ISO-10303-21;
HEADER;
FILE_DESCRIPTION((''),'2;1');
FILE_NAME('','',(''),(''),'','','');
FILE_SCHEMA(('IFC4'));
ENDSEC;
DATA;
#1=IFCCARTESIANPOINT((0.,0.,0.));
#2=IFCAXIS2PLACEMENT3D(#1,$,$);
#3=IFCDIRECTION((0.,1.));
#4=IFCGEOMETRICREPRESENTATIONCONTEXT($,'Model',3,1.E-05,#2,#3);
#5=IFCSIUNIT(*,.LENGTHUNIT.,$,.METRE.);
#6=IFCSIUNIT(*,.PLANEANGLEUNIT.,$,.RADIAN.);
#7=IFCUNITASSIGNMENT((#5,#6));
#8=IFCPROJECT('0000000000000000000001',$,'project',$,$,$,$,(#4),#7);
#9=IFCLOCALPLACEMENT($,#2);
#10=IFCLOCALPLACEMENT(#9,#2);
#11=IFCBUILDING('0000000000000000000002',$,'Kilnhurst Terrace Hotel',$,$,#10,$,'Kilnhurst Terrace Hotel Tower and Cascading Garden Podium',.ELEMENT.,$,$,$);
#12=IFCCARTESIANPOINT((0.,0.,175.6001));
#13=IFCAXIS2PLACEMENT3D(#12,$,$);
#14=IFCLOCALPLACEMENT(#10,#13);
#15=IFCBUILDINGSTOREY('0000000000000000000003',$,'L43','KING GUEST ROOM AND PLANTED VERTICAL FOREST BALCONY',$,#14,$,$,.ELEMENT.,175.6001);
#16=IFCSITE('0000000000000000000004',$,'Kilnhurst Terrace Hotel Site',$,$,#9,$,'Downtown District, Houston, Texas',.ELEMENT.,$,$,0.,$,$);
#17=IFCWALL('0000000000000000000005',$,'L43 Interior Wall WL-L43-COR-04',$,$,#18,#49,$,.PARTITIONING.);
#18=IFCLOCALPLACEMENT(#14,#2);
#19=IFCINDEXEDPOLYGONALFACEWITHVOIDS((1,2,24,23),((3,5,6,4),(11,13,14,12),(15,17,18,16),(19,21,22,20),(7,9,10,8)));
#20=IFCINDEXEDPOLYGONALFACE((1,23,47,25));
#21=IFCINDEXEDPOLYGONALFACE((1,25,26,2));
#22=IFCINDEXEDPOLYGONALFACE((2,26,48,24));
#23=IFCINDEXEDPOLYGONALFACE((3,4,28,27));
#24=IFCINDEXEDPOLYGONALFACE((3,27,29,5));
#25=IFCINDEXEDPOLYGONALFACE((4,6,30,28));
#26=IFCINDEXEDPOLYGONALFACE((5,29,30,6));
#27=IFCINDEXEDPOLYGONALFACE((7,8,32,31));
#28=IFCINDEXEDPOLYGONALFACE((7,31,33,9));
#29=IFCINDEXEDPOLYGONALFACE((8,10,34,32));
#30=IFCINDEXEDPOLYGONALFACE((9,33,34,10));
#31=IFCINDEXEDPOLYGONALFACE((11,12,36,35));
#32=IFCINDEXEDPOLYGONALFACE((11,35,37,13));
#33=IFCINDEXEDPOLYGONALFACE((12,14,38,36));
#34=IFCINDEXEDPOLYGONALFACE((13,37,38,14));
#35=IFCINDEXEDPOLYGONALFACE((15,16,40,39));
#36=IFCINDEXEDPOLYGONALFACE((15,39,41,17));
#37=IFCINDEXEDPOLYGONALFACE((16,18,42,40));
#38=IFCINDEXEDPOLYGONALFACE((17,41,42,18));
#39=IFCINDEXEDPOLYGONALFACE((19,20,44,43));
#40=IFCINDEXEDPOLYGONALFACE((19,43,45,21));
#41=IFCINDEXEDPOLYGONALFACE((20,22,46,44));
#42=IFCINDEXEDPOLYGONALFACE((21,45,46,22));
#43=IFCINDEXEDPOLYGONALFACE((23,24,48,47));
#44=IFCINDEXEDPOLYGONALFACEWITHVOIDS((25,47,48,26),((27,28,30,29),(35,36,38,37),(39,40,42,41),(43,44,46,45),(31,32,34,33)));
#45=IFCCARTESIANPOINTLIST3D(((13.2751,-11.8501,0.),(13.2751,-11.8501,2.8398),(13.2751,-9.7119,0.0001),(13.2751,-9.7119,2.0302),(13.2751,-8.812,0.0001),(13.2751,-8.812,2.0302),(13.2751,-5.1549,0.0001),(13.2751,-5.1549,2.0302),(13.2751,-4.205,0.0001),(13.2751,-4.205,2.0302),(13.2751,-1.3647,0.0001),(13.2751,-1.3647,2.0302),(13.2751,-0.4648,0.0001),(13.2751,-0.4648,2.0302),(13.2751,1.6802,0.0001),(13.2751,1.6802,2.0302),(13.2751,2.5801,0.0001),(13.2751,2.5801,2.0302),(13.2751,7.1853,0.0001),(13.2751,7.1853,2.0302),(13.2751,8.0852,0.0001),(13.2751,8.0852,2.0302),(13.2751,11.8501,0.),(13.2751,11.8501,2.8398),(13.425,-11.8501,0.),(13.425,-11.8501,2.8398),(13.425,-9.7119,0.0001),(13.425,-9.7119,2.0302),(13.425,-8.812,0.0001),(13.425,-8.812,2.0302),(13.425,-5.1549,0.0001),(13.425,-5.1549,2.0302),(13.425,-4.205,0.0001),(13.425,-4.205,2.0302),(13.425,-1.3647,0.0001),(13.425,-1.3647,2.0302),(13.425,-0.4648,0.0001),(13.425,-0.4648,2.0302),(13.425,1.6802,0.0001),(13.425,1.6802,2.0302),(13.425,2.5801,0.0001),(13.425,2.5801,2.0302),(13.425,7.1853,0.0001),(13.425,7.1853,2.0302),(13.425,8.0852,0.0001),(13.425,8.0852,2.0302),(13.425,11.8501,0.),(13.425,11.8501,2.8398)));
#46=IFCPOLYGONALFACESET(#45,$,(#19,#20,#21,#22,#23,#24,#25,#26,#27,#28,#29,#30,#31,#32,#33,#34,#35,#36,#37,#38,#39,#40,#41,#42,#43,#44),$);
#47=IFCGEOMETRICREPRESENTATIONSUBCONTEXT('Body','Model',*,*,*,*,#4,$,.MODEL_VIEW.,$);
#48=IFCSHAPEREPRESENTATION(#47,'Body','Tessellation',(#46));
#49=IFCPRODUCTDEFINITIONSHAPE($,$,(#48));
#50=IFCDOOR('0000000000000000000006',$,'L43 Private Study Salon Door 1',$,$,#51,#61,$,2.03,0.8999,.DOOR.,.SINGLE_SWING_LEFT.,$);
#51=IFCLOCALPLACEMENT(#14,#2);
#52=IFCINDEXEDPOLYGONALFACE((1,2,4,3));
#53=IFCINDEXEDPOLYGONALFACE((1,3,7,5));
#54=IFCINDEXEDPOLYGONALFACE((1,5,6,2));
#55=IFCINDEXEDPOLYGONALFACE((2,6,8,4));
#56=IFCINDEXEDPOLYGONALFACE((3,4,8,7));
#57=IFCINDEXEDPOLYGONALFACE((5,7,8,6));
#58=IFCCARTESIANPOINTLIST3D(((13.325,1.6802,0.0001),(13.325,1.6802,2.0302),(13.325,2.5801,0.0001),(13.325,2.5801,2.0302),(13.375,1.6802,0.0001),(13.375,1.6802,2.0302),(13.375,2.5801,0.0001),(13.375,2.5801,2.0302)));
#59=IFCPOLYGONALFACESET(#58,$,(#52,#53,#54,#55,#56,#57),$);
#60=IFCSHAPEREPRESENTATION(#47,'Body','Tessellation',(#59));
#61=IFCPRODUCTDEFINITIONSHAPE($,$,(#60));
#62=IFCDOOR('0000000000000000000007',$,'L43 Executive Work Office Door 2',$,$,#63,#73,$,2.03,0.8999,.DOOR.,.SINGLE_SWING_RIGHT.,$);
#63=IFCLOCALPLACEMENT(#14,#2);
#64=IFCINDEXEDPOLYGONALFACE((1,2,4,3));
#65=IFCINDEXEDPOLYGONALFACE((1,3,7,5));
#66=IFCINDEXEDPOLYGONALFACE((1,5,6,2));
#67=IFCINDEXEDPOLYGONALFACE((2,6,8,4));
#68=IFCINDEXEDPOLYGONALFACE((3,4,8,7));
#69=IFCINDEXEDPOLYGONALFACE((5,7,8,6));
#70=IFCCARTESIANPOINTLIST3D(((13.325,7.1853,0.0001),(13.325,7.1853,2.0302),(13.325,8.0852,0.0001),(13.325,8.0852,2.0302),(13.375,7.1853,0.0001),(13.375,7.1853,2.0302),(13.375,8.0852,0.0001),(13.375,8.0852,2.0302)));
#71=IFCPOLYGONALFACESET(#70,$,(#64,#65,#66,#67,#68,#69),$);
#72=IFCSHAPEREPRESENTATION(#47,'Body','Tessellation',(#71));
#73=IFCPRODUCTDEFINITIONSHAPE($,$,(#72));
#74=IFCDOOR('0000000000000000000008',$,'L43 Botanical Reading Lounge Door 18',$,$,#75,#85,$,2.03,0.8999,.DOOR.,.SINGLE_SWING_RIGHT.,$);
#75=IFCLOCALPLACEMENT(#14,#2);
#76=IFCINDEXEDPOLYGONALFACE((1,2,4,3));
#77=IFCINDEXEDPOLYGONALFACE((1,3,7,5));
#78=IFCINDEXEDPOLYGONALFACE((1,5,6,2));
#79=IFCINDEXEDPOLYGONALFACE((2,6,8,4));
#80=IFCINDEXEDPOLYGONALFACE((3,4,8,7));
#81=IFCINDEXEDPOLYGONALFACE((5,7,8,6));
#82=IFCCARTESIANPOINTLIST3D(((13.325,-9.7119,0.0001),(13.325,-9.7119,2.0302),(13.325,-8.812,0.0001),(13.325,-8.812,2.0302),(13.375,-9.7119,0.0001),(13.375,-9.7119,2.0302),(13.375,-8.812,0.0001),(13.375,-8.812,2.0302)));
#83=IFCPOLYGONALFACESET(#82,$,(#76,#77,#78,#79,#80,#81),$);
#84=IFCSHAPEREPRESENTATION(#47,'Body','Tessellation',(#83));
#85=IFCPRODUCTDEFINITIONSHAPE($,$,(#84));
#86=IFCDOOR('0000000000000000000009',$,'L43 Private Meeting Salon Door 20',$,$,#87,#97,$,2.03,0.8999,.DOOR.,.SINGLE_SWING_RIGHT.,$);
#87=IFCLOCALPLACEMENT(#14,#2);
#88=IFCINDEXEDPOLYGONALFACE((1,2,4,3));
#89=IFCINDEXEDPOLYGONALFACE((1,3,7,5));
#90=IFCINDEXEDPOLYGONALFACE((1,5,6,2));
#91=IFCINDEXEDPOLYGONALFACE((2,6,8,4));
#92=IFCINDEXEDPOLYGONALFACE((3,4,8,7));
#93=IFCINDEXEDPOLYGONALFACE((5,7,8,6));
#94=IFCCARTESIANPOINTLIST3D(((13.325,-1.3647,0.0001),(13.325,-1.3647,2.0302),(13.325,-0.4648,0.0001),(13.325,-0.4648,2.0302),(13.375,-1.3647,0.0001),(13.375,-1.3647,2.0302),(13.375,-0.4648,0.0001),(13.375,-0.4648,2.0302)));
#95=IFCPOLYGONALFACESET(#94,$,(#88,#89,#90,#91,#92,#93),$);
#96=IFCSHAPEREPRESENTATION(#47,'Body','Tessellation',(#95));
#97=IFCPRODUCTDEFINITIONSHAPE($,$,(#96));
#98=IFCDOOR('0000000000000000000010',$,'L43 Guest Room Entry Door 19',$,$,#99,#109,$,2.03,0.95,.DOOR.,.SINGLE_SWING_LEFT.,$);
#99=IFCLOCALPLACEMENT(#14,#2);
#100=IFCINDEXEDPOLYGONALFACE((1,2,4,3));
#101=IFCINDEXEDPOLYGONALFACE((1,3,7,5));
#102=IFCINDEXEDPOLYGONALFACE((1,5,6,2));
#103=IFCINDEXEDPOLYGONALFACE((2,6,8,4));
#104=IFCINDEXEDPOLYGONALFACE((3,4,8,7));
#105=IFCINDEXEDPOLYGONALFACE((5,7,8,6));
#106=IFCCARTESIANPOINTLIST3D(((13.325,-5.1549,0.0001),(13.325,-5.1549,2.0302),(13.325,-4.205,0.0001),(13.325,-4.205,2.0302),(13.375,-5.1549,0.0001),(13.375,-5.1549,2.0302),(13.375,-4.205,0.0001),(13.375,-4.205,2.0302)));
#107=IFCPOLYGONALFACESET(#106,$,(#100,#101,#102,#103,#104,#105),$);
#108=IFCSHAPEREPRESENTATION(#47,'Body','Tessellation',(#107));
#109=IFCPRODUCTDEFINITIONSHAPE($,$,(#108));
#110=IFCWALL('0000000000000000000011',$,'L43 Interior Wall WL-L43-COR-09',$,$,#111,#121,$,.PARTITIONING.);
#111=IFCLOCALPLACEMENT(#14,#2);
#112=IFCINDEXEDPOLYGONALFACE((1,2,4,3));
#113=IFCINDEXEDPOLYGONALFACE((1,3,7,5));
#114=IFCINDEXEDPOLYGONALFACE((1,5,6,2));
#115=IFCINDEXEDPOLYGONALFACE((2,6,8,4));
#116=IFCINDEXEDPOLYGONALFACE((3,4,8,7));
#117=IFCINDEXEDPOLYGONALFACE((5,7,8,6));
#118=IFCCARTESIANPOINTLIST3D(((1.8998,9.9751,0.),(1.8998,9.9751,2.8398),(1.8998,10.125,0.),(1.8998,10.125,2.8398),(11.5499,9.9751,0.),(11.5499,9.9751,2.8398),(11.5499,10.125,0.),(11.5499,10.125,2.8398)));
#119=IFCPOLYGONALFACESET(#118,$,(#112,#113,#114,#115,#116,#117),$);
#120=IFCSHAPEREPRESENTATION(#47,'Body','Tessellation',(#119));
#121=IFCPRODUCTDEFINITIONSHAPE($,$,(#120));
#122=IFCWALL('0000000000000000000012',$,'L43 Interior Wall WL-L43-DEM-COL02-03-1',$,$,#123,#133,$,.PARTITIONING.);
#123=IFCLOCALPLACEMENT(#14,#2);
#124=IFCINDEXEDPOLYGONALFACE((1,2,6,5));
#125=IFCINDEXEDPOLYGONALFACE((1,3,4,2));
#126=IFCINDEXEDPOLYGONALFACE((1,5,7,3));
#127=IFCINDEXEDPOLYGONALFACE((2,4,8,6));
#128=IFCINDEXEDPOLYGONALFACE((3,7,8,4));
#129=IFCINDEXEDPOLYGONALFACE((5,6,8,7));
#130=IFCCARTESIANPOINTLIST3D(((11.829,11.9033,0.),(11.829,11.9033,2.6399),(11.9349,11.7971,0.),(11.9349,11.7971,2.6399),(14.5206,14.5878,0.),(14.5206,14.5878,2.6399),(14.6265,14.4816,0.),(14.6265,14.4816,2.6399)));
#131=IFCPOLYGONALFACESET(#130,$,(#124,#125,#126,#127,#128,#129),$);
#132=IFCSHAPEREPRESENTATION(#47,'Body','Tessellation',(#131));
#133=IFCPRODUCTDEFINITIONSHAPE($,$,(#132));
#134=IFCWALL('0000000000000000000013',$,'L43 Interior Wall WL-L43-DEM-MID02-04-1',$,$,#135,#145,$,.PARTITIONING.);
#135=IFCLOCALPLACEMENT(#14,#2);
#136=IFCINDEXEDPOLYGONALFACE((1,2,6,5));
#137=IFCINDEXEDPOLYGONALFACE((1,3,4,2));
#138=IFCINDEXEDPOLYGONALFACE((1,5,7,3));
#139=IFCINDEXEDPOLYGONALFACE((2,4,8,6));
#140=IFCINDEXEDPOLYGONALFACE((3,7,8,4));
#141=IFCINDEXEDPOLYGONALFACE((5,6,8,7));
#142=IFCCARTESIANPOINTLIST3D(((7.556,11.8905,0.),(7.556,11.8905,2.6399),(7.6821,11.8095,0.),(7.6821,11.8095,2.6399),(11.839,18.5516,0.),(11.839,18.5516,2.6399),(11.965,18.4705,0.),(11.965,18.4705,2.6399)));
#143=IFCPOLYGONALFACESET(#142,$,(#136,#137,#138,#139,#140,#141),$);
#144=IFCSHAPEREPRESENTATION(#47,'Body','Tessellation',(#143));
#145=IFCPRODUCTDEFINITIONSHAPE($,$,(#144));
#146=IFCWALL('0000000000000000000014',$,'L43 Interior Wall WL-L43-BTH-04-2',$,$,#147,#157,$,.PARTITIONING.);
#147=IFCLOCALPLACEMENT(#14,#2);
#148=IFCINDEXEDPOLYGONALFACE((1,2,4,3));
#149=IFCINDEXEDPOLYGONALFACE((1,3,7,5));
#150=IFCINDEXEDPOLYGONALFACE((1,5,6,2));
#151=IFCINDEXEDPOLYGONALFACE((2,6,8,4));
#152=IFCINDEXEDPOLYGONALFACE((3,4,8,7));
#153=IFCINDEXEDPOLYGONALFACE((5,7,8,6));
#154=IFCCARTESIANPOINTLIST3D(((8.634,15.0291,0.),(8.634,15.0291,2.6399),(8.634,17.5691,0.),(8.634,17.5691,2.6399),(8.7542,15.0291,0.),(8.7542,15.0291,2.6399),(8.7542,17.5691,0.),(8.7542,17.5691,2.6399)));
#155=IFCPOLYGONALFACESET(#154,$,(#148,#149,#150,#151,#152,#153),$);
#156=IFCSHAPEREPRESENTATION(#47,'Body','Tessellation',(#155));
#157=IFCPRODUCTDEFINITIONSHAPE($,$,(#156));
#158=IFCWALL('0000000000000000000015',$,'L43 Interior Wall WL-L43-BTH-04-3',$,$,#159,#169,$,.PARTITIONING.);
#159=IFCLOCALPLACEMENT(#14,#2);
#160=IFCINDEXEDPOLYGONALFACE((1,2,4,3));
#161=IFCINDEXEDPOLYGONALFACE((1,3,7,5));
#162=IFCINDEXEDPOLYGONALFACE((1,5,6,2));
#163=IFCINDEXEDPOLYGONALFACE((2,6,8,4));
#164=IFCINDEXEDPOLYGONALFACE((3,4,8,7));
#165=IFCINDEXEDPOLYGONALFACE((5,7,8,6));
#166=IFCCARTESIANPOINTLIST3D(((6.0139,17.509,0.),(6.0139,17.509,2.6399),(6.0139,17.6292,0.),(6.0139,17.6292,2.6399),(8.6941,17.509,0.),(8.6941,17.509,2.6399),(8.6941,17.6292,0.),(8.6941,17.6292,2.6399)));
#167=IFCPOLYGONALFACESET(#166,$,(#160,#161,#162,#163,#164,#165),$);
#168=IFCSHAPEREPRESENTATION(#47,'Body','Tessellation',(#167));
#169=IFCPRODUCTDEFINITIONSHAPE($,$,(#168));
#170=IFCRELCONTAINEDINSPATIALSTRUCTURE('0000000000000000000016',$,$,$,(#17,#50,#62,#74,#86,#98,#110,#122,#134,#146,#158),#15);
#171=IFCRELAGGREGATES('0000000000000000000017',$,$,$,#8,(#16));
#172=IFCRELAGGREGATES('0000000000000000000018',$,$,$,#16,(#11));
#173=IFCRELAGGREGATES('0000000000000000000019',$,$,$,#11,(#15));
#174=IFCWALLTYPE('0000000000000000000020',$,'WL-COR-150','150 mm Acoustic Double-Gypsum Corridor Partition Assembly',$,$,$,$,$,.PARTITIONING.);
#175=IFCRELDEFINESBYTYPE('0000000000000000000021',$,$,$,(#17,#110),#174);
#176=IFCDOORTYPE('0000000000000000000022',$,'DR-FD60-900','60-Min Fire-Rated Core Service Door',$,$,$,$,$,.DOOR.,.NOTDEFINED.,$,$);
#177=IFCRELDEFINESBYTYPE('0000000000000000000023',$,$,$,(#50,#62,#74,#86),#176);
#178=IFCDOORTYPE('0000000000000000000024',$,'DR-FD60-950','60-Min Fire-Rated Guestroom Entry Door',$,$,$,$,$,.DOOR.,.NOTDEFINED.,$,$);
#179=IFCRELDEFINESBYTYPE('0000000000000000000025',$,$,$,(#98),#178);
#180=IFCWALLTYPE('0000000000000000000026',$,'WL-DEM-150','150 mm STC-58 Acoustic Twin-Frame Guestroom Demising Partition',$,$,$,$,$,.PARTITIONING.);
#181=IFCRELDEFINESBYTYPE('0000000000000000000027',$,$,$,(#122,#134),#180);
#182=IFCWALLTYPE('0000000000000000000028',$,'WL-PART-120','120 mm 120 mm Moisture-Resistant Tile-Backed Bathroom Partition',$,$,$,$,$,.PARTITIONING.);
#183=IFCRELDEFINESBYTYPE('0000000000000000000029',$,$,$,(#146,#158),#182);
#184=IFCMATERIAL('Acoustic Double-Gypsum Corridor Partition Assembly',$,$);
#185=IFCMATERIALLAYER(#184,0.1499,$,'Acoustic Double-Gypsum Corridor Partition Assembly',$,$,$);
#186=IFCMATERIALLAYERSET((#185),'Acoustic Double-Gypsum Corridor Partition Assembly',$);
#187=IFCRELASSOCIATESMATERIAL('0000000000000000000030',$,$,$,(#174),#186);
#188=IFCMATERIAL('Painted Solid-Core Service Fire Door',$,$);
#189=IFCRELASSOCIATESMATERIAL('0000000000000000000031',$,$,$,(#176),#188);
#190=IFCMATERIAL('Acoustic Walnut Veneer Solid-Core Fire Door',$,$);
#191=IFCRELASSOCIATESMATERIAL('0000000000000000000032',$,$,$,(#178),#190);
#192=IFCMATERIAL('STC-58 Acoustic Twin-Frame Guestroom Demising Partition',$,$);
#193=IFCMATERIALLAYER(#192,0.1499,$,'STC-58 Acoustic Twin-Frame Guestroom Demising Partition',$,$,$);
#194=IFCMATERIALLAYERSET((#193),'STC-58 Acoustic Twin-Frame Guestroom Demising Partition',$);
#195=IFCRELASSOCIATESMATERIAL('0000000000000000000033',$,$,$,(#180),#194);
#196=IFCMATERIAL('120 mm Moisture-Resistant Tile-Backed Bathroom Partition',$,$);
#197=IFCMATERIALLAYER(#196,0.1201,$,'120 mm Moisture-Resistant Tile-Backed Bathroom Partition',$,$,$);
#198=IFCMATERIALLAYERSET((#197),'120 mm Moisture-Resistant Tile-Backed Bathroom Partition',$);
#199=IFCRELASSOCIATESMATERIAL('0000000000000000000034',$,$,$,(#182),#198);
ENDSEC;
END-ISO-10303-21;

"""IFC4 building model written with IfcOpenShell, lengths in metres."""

from ifc_helpers import new_model, si_unit, direction, frame, frame_2d, origin, place, context, subcontext, project, spatial, rectangle, extrude, material, layer, layer_set, type_object, element, fill, save


model = new_model("IFC4")

# Units and contexts
model_context = context("Model", 3, precision=1e-05, world=origin(), true_north=direction((0.0, 1.0)))
body_context = subcontext(model_context, "Body", "Model", "MODEL_VIEW")
ifc_project = project(units=[si_unit("LENGTHUNIT", "METRE"), si_unit("PLANEANGLEUNIT", "RADIAN")], contexts=[model_context])

# Site, building, storey
site_placement = place(None, origin())
site = spatial("IfcSite", under=ifc_project, at=site_placement, Name="Kilnhurst Terrace Hotel Site", LongName="Downtown District, Houston, Texas", CompositionType="ELEMENT", RefElevation=0.0)
building_placement = place(site_placement, origin())
building = spatial("IfcBuilding", under=site, at=building_placement, Name="Kilnhurst Terrace Hotel", LongName="Kilnhurst Terrace Hotel Tower and Cascading Garden Podium", CompositionType="ELEMENT")
storey_placement = place(building_placement, frame((0.0, 0.0, 175.6001)))
storey = spatial("IfcBuildingStorey", under=building, at=storey_placement, Name="L43", Description="KING GUEST ROOM AND PLANTED VERTICAL FOREST BALCONY", CompositionType="ELEMENT", Elevation=175.6001)

# Wall, openings, doors
ifc_material_1 = material(Name="Acoustic Double-Gypsum Corridor Partition Assembly")
ifc_layer_1 = layer(ifc_material_1, 0.1499, Name="Acoustic Double-Gypsum Corridor Partition Assembly")
ifc_layer_set_1 = layer_set([ifc_layer_1], Name="Acoustic Double-Gypsum Corridor Partition Assembly")
wall_type_1 = type_object("IfcWallType", Name="WL-COR-150", Description="150 mm Acoustic Double-Gypsum Corridor Partition Assembly", PredefinedType="PARTITIONING", material=ifc_layer_set_1)
wall_1_placement = place(storey_placement, frame((13.3501, 11.8501, 0.0), z_axis=(0.0, 0.0, 1.0), x_axis=(0.0, -1.0, 0.0)))
wall_1 = element("IfcWall", 1, at=wall_1_placement, inside=storey, type_object=wall_type_1, Name="L43 Interior Wall WL-L43-COR-04", PredefinedType="PARTITIONING", context=body_context, shape_type="SweptSolid", body=[
    extrude(rectangle(XDim=23.7002, YDim=0.1499, at=frame_2d((11.8501, 0.0))), origin(), (0.0, 0.0, 1.0), 2.8398),
])
opening_1_placement = place(wall_1_placement, frame((9.27, 0.0, 0.0)))
opening_1 = element("IfcOpeningElement", 2, at=opening_1_placement, cuts=wall_1, PredefinedType="OPENING", context=body_context, shape_type="SweptSolid", body=[
    extrude(rectangle(XDim=0.8999, YDim=2.03, at=frame_2d((0.45, 1.0151))), frame((0.0, 0.085, 0.0), z_axis=(0.0, -1.0, 0.0), x_axis=(1.0, 0.0, 0.0)), (0.0, 0.0, 1.0), 0.1699),
])
opening_2_placement = place(wall_1_placement, frame((3.7649, 0.0, 0.0)))
opening_2 = element("IfcOpeningElement", 3, at=opening_2_placement, cuts=wall_1, PredefinedType="OPENING", context=body_context, shape_type="SweptSolid", body=[
    extrude(rectangle(XDim=0.8999, YDim=2.03, at=frame_2d((0.45, 1.0151))), frame((0.0, 0.085, 0.0), z_axis=(0.0, -1.0, 0.0), x_axis=(1.0, 0.0, 0.0)), (0.0, 0.0, 1.0), 0.1699),
])
opening_3_placement = place(wall_1_placement, frame((20.6621, 0.0, 0.0)))
opening_3 = element("IfcOpeningElement", 4, at=opening_3_placement, cuts=wall_1, PredefinedType="OPENING", context=body_context, shape_type="SweptSolid", body=[
    extrude(rectangle(XDim=0.8999, YDim=2.03, at=frame_2d((0.45, 1.0151))), frame((0.0, 0.085, 0.0), z_axis=(0.0, -1.0, 0.0), x_axis=(1.0, 0.0, 0.0)), (0.0, 0.0, 1.0), 0.1699),
])
opening_4_placement = place(wall_1_placement, frame((16.0549, 0.0, 0.0)))
opening_4 = element("IfcOpeningElement", 5, at=opening_4_placement, cuts=wall_1, PredefinedType="OPENING", context=body_context, shape_type="SweptSolid", body=[
    extrude(rectangle(XDim=0.95, YDim=2.03, at=frame_2d((0.4751, 1.0151))), frame((0.0, 0.085, 0.0), z_axis=(0.0, -1.0, 0.0), x_axis=(1.0, 0.0, 0.0)), (0.0, 0.0, 1.0), 0.1699),
])
opening_5_placement = place(wall_1_placement, frame((12.3149, 0.0, 0.0)))
opening_5 = element("IfcOpeningElement", 6, at=opening_5_placement, cuts=wall_1, PredefinedType="OPENING", context=body_context, shape_type="SweptSolid", body=[
    extrude(rectangle(XDim=0.8999, YDim=2.03, at=frame_2d((0.45, 1.0151))), frame((0.0, 0.085, 0.0), z_axis=(0.0, -1.0, 0.0), x_axis=(1.0, 0.0, 0.0)), (0.0, 0.0, 1.0), 0.1699),
])
ifc_material_2 = material(Name="Painted Solid-Core Service Fire Door")
door_type_1 = type_object("IfcDoorType", Name="DR-FD60-900", Description="60-Min Fire-Rated Core Service Door", OperationType="NOTDEFINED", PredefinedType="DOOR", material=ifc_material_2)
door_1_placement = place(opening_1_placement, origin())
door_1 = element("IfcDoor", 7, at=door_1_placement, inside=storey, type_object=door_type_1, Name="L43 Private Study Salon Door 1", OperationType="SINGLE_SWING_LEFT", OverallHeight=2.03, OverallWidth=0.8999, PredefinedType="DOOR", context=body_context, shape_type="SweptSolid", body=[
    extrude(rectangle(XDim=0.8999, YDim=2.03, at=frame_2d((0.45, 1.0151))), frame((0.0, 0.0249, 0.0), z_axis=(0.0, -1.0, 0.0), x_axis=(1.0, 0.0, 0.0)), (0.0, 0.0, 1.0), 0.05),
])
fill(opening_1, door_1)
door_2_placement = place(opening_2_placement, origin())
door_2 = element("IfcDoor", 8, at=door_2_placement, inside=storey, type_object=door_type_1, Name="L43 Executive Work Office Door 2", OperationType="SINGLE_SWING_RIGHT", OverallHeight=2.03, OverallWidth=0.8999, PredefinedType="DOOR", context=body_context, shape_type="SweptSolid", body=[
    extrude(rectangle(XDim=0.8999, YDim=2.03, at=frame_2d((0.45, 1.0151))), frame((0.0, 0.0249, 0.0), z_axis=(0.0, -1.0, 0.0), x_axis=(1.0, 0.0, 0.0)), (0.0, 0.0, 1.0), 0.05),
])
fill(opening_2, door_2)
door_3_placement = place(opening_3_placement, origin())
door_3 = element("IfcDoor", 9, at=door_3_placement, inside=storey, type_object=door_type_1, Name="L43 Botanical Reading Lounge Door 18", OperationType="SINGLE_SWING_RIGHT", OverallHeight=2.03, OverallWidth=0.8999, PredefinedType="DOOR", context=body_context, shape_type="SweptSolid", body=[
    extrude(rectangle(XDim=0.8999, YDim=2.03, at=frame_2d((0.45, 1.0151))), frame((0.0, 0.0249, 0.0), z_axis=(0.0, -1.0, 0.0), x_axis=(1.0, 0.0, 0.0)), (0.0, 0.0, 1.0), 0.05),
])
fill(opening_3, door_3)
door_4_placement = place(opening_5_placement, origin())
door_4 = element("IfcDoor", 10, at=door_4_placement, inside=storey, type_object=door_type_1, Name="L43 Private Meeting Salon Door 20", OperationType="SINGLE_SWING_RIGHT", OverallHeight=2.03, OverallWidth=0.8999, PredefinedType="DOOR", context=body_context, shape_type="SweptSolid", body=[
    extrude(rectangle(XDim=0.8999, YDim=2.03, at=frame_2d((0.45, 1.0151))), frame((0.0, 0.0249, 0.0), z_axis=(0.0, -1.0, 0.0), x_axis=(1.0, 0.0, 0.0)), (0.0, 0.0, 1.0), 0.05),
])
fill(opening_5, door_4)
ifc_material_3 = material(Name="Acoustic Walnut Veneer Solid-Core Fire Door")
door_type_2 = type_object("IfcDoorType", Name="DR-FD60-950", Description="60-Min Fire-Rated Guestroom Entry Door", OperationType="NOTDEFINED", PredefinedType="DOOR", material=ifc_material_3)
door_5_placement = place(opening_4_placement, origin())
door_5 = element("IfcDoor", 11, at=door_5_placement, inside=storey, type_object=door_type_2, Name="L43 Guest Room Entry Door 19", OperationType="SINGLE_SWING_LEFT", OverallHeight=2.03, OverallWidth=0.95, PredefinedType="DOOR", context=body_context, shape_type="SweptSolid", body=[
    extrude(rectangle(XDim=0.95, YDim=2.03, at=frame_2d((0.4751, 1.0151))), frame((0.0, 0.0249, 0.0), z_axis=(0.0, -1.0, 0.0), x_axis=(1.0, 0.0, 0.0)), (0.0, 0.0, 1.0), 0.05),
])
fill(opening_4, door_5)

# Walls
wall_2_placement = place(storey_placement, frame((11.55, 10.05, 0.0), z_axis=(0.0, 0.0, 1.0), x_axis=(-1.0, 0.0, 0.0)))
element("IfcWall", 12, at=wall_2_placement, inside=storey, type_object=wall_type_1, Name="L43 Interior Wall WL-L43-COR-09", PredefinedType="PARTITIONING", context=body_context, shape_type="SweptSolid", body=[
    extrude(rectangle(XDim=9.6501, YDim=0.1499, at=frame_2d((4.8252, 0.0))), origin(), (0.0, 0.0, 1.0), 2.8398),
])
ifc_material_4 = material(Name="STC-58 Acoustic Twin-Frame Guestroom Demising Partition")
ifc_layer_2 = layer(ifc_material_4, 0.1499, Name="STC-58 Acoustic Twin-Frame Guestroom Demising Partition")
ifc_layer_set_2 = layer_set([ifc_layer_2], Name="STC-58 Acoustic Twin-Frame Guestroom Demising Partition")
wall_type_2 = type_object("IfcWallType", Name="WL-DEM-150", Description="150 mm STC-58 Acoustic Twin-Frame Guestroom Demising Partition", PredefinedType="PARTITIONING", material=ifc_layer_set_2)
wall_3_placement = place(storey_placement, frame((11.8818, 11.8501, 0.0), z_axis=(0.0, 0.0, 1.0), x_axis=(0.708037, 0.706175, 0.0)))
element("IfcWall", 13, at=wall_3_placement, inside=storey, type_object=wall_type_2, Name="L43 Interior Wall WL-L43-DEM-COL02-03-1", PredefinedType="PARTITIONING", context=body_context, shape_type="SweptSolid", body=[
    extrude(rectangle(XDim=3.8015, YDim=0.1499, at=frame_2d((1.9009, 0.0))), origin(), (0.0, 0.0, 1.0), 2.6399),
])
wall_4_placement = place(storey_placement, frame((7.6191, 11.8501, 0.0), z_axis=(0.0, 0.0, 1.0), x_axis=(0.540829, 0.841132, 0.0)))
element("IfcWall", 14, at=wall_4_placement, inside=storey, type_object=wall_type_2, Name="L43 Interior Wall WL-L43-DEM-MID02-04-1", PredefinedType="PARTITIONING", context=body_context, shape_type="SweptSolid", body=[
    extrude(rectangle(XDim=7.9192, YDim=0.1499, at=frame_2d((3.9595, 0.0))), origin(), (0.0, 0.0, 1.0), 2.6399),
])
ifc_material_5 = material(Name="120 mm Moisture-Resistant Tile-Backed Bathroom Partition")
ifc_layer_3 = layer(ifc_material_5, 0.1201, Name="120 mm Moisture-Resistant Tile-Backed Bathroom Partition")
ifc_layer_set_3 = layer_set([ifc_layer_3], Name="120 mm Moisture-Resistant Tile-Backed Bathroom Partition")
wall_type_3 = type_object("IfcWallType", Name="WL-PART-120", Description="120 mm 120 mm Moisture-Resistant Tile-Backed Bathroom Partition", PredefinedType="PARTITIONING", material=ifc_layer_set_3)
wall_5_placement = place(storey_placement, frame((8.6941, 15.0291, 0.0), z_axis=(0.0, 0.0, 1.0), x_axis=(0.0, 1.0, 0.0)))
element("IfcWall", 15, at=wall_5_placement, inside=storey, type_object=wall_type_3, Name="L43 Interior Wall WL-L43-BTH-04-2", PredefinedType="PARTITIONING", context=body_context, shape_type="SweptSolid", body=[
    extrude(rectangle(XDim=2.54, YDim=0.1201, at=frame_2d((1.27, 0.0))), origin(), (0.0, 0.0, 1.0), 2.6399),
])
wall_6_placement = place(storey_placement, frame((8.6941, 17.5691, 0.0), z_axis=(0.0, 0.0, 1.0), x_axis=(-1.0, 0.0, 0.0)))
element("IfcWall", 16, at=wall_6_placement, inside=storey, type_object=wall_type_3, Name="L43 Interior Wall WL-L43-BTH-04-3", PredefinedType="PARTITIONING", context=body_context, shape_type="SweptSolid", body=[
    extrude(rectangle(XDim=2.6802, YDim=0.1201, at=frame_2d((1.3401, 0.0))), origin(), (0.0, 0.0, 1.0), 2.6399),
])

save(model, "model.ifc")
